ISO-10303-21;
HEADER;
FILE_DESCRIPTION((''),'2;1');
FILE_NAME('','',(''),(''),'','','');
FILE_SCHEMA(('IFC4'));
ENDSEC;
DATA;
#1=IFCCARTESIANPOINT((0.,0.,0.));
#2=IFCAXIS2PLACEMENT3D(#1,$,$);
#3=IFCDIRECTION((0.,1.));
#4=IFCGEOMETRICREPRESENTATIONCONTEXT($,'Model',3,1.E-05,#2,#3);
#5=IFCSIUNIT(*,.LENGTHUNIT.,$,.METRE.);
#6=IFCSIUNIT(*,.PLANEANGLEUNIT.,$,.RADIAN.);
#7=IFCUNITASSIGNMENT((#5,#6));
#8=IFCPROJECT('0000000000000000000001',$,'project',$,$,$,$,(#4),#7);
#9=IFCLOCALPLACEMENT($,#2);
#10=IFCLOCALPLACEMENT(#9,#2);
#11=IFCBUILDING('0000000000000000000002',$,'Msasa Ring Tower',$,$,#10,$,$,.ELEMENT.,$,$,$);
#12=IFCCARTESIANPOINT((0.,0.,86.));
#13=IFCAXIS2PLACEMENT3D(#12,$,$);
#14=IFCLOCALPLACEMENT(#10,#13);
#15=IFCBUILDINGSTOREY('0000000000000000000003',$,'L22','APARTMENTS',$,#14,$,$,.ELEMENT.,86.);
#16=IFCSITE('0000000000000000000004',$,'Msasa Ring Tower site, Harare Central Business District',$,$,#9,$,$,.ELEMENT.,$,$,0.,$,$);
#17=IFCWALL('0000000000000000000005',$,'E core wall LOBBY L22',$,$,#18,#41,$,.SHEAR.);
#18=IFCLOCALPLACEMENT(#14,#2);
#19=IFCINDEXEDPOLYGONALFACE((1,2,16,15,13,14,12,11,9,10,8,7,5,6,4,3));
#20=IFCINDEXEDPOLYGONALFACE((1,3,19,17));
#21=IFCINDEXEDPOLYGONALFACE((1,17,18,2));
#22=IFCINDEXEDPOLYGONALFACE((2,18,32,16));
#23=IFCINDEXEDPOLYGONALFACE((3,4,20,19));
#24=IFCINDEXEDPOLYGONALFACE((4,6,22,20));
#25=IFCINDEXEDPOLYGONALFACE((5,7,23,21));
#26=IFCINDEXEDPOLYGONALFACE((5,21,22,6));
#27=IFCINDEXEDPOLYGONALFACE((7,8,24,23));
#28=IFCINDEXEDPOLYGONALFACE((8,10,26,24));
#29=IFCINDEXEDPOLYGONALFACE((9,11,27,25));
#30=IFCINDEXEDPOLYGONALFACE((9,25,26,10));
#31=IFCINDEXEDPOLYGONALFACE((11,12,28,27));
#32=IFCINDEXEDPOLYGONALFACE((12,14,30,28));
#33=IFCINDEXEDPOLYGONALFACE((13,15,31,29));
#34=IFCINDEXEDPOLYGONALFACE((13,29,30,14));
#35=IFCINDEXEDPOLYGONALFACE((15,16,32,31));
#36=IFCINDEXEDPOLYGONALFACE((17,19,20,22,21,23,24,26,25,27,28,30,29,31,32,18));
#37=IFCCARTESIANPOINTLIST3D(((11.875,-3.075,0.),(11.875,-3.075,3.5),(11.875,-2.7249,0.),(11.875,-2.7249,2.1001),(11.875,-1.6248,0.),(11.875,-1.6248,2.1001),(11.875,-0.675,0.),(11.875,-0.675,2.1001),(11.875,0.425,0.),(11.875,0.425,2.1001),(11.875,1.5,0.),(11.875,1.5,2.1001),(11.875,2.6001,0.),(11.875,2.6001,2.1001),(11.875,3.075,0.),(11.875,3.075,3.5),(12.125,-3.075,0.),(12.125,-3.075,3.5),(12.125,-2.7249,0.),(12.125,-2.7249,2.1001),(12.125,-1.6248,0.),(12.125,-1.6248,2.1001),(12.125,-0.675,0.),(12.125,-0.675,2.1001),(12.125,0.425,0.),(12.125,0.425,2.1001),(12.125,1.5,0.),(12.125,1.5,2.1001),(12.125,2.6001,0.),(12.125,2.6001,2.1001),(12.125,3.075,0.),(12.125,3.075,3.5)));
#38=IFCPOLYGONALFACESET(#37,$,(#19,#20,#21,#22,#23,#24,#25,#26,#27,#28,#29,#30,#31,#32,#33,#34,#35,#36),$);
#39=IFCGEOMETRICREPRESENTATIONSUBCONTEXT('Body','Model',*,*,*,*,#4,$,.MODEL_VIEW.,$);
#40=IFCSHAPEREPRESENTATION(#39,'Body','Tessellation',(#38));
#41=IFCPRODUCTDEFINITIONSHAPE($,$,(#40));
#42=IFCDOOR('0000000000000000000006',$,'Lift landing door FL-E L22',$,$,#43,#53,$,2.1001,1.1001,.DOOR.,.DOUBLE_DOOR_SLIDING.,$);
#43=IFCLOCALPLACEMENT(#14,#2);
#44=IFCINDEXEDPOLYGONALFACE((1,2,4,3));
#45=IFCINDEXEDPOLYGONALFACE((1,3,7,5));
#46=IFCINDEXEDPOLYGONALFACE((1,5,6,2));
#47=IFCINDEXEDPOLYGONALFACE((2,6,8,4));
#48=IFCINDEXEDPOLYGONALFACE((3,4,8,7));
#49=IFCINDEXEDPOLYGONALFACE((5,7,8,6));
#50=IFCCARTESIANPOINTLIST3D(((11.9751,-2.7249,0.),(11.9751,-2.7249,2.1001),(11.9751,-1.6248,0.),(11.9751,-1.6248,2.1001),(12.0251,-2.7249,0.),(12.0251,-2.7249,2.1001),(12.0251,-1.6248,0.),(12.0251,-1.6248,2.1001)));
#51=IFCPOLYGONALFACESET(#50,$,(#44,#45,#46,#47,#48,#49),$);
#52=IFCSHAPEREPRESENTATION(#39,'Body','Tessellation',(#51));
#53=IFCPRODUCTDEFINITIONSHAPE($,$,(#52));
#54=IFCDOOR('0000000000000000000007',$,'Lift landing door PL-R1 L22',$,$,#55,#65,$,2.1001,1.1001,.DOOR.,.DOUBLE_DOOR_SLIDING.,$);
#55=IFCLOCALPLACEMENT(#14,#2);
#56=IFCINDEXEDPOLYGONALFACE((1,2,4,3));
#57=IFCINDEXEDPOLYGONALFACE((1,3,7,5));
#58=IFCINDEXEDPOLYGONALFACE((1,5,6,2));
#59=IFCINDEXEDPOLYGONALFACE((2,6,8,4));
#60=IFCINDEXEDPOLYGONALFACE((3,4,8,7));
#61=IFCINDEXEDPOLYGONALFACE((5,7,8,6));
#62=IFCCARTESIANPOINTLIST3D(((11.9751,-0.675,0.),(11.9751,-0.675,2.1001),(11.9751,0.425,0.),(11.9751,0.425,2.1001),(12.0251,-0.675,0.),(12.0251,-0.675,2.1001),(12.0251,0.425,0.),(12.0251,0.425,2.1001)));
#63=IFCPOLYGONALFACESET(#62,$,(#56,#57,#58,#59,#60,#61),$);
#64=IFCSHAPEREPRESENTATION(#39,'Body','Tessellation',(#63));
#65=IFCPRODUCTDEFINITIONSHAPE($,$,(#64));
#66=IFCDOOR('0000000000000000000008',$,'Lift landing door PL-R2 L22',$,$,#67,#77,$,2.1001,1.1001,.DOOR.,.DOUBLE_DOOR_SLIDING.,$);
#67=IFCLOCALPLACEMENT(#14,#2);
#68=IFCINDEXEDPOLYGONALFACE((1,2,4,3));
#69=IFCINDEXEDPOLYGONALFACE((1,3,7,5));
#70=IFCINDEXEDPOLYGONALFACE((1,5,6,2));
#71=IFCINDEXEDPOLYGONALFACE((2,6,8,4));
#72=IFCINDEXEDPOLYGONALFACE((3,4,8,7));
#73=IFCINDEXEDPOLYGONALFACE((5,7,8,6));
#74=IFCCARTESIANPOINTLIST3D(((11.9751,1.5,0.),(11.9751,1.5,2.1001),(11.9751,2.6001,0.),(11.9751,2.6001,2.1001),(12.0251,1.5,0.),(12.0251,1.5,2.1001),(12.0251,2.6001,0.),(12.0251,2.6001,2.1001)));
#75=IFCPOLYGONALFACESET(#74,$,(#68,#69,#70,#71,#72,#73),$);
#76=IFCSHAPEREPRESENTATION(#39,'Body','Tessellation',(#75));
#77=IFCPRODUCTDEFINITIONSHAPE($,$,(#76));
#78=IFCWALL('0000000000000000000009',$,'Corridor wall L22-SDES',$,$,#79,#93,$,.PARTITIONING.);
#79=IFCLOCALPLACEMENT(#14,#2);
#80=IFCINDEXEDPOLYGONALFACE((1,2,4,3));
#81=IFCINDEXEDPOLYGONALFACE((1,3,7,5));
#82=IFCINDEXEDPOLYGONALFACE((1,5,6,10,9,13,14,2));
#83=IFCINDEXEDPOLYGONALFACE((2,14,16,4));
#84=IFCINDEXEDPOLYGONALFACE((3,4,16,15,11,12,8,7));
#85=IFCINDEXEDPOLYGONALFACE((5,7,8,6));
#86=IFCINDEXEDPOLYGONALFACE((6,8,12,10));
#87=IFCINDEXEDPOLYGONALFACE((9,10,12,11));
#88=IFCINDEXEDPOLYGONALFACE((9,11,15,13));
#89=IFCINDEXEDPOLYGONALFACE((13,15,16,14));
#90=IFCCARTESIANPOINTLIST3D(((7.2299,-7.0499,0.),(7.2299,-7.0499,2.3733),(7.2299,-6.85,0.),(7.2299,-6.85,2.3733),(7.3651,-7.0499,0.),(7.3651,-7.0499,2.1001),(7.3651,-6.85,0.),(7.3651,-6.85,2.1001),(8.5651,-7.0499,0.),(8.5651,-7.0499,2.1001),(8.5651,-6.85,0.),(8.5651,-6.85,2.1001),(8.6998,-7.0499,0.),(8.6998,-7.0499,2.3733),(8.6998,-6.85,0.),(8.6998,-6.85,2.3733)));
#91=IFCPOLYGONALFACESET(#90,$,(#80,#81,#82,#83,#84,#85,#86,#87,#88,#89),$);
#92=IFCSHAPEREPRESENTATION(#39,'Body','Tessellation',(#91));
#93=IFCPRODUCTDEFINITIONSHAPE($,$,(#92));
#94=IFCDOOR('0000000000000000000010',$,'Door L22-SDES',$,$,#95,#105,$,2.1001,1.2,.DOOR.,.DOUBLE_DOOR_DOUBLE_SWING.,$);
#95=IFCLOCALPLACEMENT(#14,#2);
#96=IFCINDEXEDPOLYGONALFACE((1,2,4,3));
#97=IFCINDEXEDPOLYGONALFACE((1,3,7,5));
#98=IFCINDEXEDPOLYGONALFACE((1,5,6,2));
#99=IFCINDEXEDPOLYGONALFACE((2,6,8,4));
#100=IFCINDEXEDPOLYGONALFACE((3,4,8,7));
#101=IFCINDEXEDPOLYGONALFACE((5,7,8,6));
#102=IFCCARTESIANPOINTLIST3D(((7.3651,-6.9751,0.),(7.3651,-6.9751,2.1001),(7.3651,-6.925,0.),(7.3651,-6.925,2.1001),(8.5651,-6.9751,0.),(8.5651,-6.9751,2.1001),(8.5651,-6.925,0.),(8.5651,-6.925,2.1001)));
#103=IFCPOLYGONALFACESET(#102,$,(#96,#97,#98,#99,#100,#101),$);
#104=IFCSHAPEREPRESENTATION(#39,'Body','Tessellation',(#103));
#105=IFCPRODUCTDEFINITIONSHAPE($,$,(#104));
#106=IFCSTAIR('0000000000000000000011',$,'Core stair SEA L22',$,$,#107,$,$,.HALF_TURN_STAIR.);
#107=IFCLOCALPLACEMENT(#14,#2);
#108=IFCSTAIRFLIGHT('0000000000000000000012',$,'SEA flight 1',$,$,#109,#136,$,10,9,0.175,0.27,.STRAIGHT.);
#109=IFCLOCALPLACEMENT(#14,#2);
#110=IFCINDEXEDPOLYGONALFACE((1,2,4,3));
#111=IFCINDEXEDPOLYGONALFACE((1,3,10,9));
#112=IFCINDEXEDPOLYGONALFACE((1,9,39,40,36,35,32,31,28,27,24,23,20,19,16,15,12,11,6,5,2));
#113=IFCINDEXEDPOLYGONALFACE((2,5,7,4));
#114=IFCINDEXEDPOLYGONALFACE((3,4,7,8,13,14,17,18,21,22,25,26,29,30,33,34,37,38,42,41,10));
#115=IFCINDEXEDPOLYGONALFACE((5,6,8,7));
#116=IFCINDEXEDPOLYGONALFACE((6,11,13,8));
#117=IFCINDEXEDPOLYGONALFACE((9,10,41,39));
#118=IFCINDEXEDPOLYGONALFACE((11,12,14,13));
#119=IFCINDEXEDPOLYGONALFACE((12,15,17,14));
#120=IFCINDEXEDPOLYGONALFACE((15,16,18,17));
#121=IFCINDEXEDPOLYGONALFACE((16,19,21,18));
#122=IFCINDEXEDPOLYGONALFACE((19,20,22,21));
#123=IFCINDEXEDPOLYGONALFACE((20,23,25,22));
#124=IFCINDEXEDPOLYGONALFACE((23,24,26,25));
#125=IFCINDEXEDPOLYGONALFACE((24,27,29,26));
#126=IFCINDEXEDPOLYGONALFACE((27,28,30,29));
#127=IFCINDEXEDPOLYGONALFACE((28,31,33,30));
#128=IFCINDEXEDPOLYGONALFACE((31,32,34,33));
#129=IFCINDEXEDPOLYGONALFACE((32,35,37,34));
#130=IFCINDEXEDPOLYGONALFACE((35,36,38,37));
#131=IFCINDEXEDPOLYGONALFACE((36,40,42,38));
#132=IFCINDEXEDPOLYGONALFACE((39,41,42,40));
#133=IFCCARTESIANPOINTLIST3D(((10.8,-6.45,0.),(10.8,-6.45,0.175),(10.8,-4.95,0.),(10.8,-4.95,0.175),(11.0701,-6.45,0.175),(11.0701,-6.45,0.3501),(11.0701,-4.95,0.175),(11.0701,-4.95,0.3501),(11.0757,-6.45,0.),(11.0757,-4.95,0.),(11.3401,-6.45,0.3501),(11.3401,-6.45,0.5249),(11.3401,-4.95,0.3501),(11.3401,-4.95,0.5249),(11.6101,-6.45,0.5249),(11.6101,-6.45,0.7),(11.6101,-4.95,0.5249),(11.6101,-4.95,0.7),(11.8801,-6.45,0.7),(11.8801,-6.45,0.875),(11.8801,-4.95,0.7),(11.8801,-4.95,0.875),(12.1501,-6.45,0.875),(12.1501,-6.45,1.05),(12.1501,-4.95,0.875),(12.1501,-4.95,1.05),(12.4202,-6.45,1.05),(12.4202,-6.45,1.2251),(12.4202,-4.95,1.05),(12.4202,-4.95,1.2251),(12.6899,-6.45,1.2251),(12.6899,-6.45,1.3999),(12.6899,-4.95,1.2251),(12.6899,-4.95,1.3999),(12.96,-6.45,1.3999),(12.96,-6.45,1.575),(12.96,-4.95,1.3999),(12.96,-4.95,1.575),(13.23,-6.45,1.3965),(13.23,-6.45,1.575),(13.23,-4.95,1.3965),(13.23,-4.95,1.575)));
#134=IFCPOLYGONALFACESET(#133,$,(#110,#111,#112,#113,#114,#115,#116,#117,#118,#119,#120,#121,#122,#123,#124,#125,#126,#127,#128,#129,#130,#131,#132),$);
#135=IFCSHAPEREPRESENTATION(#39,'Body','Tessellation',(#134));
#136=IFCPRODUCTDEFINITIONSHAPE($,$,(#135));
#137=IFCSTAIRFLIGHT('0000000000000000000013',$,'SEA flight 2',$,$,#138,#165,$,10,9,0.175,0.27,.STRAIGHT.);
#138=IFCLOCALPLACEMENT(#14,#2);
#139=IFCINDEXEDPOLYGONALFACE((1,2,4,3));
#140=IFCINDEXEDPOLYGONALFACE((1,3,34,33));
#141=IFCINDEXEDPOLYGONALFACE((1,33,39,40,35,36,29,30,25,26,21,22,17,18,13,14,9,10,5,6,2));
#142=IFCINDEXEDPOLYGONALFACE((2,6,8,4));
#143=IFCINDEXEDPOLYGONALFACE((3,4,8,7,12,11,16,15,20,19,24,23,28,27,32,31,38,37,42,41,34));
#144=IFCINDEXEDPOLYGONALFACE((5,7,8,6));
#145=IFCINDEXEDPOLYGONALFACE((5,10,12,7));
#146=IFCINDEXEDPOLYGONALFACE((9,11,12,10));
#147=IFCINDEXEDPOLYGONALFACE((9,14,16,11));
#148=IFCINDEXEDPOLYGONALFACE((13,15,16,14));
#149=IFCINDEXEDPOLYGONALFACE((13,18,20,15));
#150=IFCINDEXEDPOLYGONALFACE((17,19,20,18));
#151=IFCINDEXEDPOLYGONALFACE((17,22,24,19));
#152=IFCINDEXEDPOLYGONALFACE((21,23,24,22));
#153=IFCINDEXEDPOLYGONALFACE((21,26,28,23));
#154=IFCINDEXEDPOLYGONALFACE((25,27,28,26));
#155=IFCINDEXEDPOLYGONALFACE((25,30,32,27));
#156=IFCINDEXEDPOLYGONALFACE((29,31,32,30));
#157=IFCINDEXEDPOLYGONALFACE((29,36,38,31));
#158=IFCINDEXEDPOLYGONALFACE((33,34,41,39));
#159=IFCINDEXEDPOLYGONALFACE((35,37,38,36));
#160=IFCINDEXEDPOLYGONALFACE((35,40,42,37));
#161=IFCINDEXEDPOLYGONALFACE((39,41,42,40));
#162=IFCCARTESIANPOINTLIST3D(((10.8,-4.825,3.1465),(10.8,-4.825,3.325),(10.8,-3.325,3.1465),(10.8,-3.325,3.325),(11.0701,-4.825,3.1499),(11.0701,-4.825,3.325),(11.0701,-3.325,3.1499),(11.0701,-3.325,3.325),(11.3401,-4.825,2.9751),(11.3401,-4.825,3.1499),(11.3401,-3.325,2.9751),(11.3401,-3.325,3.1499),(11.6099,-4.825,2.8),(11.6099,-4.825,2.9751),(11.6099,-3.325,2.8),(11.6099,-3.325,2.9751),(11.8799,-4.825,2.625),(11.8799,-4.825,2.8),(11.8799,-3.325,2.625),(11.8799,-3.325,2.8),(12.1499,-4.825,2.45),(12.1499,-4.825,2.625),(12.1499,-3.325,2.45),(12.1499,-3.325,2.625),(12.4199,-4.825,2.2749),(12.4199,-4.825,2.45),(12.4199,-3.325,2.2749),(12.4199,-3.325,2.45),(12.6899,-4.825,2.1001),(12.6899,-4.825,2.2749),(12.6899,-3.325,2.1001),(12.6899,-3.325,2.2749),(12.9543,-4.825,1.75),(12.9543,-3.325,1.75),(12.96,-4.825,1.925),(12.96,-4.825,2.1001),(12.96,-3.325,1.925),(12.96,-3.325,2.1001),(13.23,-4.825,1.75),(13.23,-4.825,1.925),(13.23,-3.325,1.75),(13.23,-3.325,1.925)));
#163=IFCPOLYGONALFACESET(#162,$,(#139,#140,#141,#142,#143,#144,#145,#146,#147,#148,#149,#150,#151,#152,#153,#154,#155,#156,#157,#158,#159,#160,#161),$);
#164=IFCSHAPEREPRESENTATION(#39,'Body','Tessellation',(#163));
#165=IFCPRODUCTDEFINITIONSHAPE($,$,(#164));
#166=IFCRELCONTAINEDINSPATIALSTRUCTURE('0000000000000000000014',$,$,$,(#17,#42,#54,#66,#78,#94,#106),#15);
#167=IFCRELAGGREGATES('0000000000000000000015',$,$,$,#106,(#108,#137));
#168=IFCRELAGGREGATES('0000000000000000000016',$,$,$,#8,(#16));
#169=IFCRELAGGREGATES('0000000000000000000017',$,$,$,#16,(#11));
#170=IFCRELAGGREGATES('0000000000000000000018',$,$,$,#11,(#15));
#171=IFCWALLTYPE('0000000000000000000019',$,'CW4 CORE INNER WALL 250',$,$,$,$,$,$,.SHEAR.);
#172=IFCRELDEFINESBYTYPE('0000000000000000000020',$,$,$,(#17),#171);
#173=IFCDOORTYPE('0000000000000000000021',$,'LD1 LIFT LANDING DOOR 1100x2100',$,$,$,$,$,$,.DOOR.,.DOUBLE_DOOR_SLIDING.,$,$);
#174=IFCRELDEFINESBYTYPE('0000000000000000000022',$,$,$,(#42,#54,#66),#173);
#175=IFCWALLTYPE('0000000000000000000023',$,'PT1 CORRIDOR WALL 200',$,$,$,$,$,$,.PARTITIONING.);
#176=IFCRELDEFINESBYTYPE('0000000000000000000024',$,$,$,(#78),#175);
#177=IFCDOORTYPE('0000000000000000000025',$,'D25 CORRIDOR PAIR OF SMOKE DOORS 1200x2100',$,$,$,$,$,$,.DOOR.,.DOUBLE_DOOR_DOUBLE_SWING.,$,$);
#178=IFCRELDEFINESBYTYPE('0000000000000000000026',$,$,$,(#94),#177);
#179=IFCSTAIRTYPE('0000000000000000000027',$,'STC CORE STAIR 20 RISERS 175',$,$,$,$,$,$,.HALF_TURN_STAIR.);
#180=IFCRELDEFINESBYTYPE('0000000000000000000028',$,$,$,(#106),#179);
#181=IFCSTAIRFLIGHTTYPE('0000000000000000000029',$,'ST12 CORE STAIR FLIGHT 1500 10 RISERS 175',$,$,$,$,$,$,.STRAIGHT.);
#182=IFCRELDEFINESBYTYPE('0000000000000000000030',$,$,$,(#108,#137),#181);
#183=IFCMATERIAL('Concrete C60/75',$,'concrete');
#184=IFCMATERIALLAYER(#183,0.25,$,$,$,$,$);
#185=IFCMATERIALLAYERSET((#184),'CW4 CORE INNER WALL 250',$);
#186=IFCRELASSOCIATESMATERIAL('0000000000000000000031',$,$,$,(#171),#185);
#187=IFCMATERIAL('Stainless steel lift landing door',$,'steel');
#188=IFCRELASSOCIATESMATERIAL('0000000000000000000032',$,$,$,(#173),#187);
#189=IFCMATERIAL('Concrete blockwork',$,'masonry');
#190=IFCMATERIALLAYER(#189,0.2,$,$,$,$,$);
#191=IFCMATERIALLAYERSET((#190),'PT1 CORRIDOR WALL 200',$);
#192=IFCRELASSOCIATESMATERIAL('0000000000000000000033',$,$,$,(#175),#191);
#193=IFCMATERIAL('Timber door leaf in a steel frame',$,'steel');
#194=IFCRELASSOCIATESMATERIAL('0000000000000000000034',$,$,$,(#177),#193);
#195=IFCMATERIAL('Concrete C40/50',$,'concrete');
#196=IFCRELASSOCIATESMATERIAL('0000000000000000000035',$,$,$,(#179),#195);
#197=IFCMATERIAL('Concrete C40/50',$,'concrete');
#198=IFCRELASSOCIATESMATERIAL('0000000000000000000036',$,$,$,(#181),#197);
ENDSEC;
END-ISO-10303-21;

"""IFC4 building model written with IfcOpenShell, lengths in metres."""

from ifc_helpers import new_model, si_unit, direction, frame, frame_2d, origin, place, context, subcontext, project, spatial, polyline, rectangle, outline, extrude, material, layer, layer_set, type_object, element, fill, aggregate, save


model = new_model("IFC4")

# Units and contexts
model_context = context("Model", 3, precision=1e-05, world=origin(), true_north=direction((0.0, 1.0)))
body_context = subcontext(model_context, "Body", "Model", "MODEL_VIEW")
ifc_project = project(units=[si_unit("LENGTHUNIT", "METRE"), si_unit("PLANEANGLEUNIT", "RADIAN")], contexts=[model_context])

# Site, building, storey
site_placement = place(None, origin())
site = spatial("IfcSite", under=ifc_project, at=site_placement, Name="Msasa Ring Tower site, Harare Central Business District", CompositionType="ELEMENT", RefElevation=0.0)
building_placement = place(site_placement, origin())
building = spatial("IfcBuilding", under=site, at=building_placement, Name="Msasa Ring Tower", CompositionType="ELEMENT")
storey_placement = place(building_placement, frame((0.0, 0.0, 86.0)))
storey = spatial("IfcBuildingStorey", under=building, at=storey_placement, Name="L22", Description="APARTMENTS", CompositionType="ELEMENT", Elevation=86.0)

# Shared definitions
ifc_material_1 = material(Name="Concrete C60/75", Category="concrete")
ifc_layer_1 = layer(ifc_material_1, 0.25)
ifc_layer_set_1 = layer_set([ifc_layer_1], Name="CW4 CORE INNER WALL 250")
wall_type_1 = type_object("IfcWallType", Name="CW4 CORE INNER WALL 250", PredefinedType="SHEAR", material=ifc_layer_set_1)

# Wall, openings, doors
wall_1_placement = place(storey_placement, frame((12.0, -3.075, 0.0), z_axis=(0.0, 0.0, 1.0), x_axis=(0.0, 1.0, 0.0)))
wall_1 = element("IfcWall", 1, at=wall_1_placement, inside=storey, type_object=wall_type_1, Name="E core wall LOBBY L22", PredefinedType="SHEAR", context=body_context, shape_type="SweptSolid", body=[
    extrude(rectangle(XDim=6.1499, YDim=0.25, at=frame_2d((3.075, 0.0))), origin(), (0.0, 0.0, 1.0), 3.5),
])
opening_1_placement = place(wall_1_placement, frame((0.3501, 0.0, 0.0)))
opening_1 = element("IfcOpeningElement", 2, at=opening_1_placement, cuts=wall_1, PredefinedType="OPENING", context=body_context, shape_type="SweptSolid", body=[
    extrude(rectangle(XDim=1.1001, YDim=2.1001, at=frame_2d((0.55, 1.05))), frame((0.0, 0.135, 0.0), z_axis=(0.0, -1.0, 0.0), x_axis=(1.0, 0.0, 0.0)), (0.0, 0.0, 1.0), 0.27),
])
opening_2_placement = place(wall_1_placement, frame((2.3999, 0.0, 0.0)))
opening_2 = element("IfcOpeningElement", 3, at=opening_2_placement, cuts=wall_1, PredefinedType="OPENING", context=body_context, shape_type="SweptSolid", body=[
    extrude(rectangle(XDim=1.1001, YDim=2.1001, at=frame_2d((0.55, 1.05))), frame((0.0, 0.135, 0.0), z_axis=(0.0, -1.0, 0.0), x_axis=(1.0, 0.0, 0.0)), (0.0, 0.0, 1.0), 0.27),
])
opening_3_placement = place(wall_1_placement, frame((4.575, 0.0, 0.0)))
opening_3 = element("IfcOpeningElement", 4, at=opening_3_placement, cuts=wall_1, PredefinedType="OPENING", context=body_context, shape_type="SweptSolid", body=[
    extrude(rectangle(XDim=1.1001, YDim=2.1001, at=frame_2d((0.55, 1.05))), frame((0.0, 0.135, 0.0), z_axis=(0.0, -1.0, 0.0), x_axis=(1.0, 0.0, 0.0)), (0.0, 0.0, 1.0), 0.27),
])
ifc_material_2 = material(Name="Stainless steel lift landing door", Category="steel")
door_type_1 = type_object("IfcDoorType", Name="LD1 LIFT LANDING DOOR 1100x2100", OperationType="DOUBLE_DOOR_SLIDING", PredefinedType="DOOR", material=ifc_material_2)
door_1_placement = place(opening_1_placement, origin())
door_1 = element("IfcDoor", 5, at=door_1_placement, inside=storey, type_object=door_type_1, Name="Lift landing door FL-E L22", OperationType="DOUBLE_DOOR_SLIDING", OverallHeight=2.1001, OverallWidth=1.1001, PredefinedType="DOOR", context=body_context, shape_type="SweptSolid", body=[
    extrude(rectangle(XDim=1.1001, YDim=2.1001, at=frame_2d((0.55, 1.05))), frame((0.0, 0.0249, 0.0), z_axis=(0.0, -1.0, 0.0), x_axis=(1.0, 0.0, 0.0)), (0.0, 0.0, 1.0), 0.05),
])
fill(opening_1, door_1)
door_2_placement = place(opening_2_placement, origin())
door_2 = element("IfcDoor", 6, at=door_2_placement, inside=storey, type_object=door_type_1, Name="Lift landing door PL-R1 L22", OperationType="DOUBLE_DOOR_SLIDING", OverallHeight=2.1001, OverallWidth=1.1001, PredefinedType="DOOR", context=body_context, shape_type="SweptSolid", body=[
    extrude(rectangle(XDim=1.1001, YDim=2.1001, at=frame_2d((0.55, 1.05))), frame((0.0, 0.0249, 0.0), z_axis=(0.0, -1.0, 0.0), x_axis=(1.0, 0.0, 0.0)), (0.0, 0.0, 1.0), 0.05),
])
fill(opening_2, door_2)
door_3_placement = place(opening_3_placement, origin())
door_3 = element("IfcDoor", 7, at=door_3_placement, inside=storey, type_object=door_type_1, Name="Lift landing door PL-R2 L22", OperationType="DOUBLE_DOOR_SLIDING", OverallHeight=2.1001, OverallWidth=1.1001, PredefinedType="DOOR", context=body_context, shape_type="SweptSolid", body=[
    extrude(rectangle(XDim=1.1001, YDim=2.1001, at=frame_2d((0.55, 1.05))), frame((0.0, 0.0249, 0.0), z_axis=(0.0, -1.0, 0.0), x_axis=(1.0, 0.0, 0.0)), (0.0, 0.0, 1.0), 0.05),
])
fill(opening_3, door_3)

# Wall, opening, door
ifc_material_3 = material(Name="Concrete blockwork", Category="masonry")
ifc_layer_2 = layer(ifc_material_3, 0.2)
ifc_layer_set_2 = layer_set([ifc_layer_2], Name="PT1 CORRIDOR WALL 200")
wall_type_2 = type_object("IfcWallType", Name="PT1 CORRIDOR WALL 200", PredefinedType="PARTITIONING", material=ifc_layer_set_2)
wall_2_placement = place(storey_placement, frame((7.23, -6.95, 0.0), z_axis=(0.0, 0.0, 1.0), x_axis=(1.0, 0.0, 0.0)))
wall_2 = element("IfcWall", 8, at=wall_2_placement, inside=storey, type_object=wall_type_2, Name="Corridor wall L22-SDES", PredefinedType="PARTITIONING", context=body_context, shape_type="SweptSolid", body=[
    extrude(rectangle(XDim=1.47, YDim=0.2, at=frame_2d((0.7349, 0.0))), origin(), (0.0, 0.0, 1.0), 2.3733),
])
opening_4_placement = place(wall_2_placement, frame((0.135, 0.0, 0.0)))
opening_4 = element("IfcOpeningElement", 9, at=opening_4_placement, cuts=wall_2, PredefinedType="OPENING", context=body_context, shape_type="SweptSolid", body=[
    extrude(rectangle(XDim=1.2, YDim=2.1001, at=frame_2d((0.6001, 1.05))), frame((0.0, 0.1099, 0.0), z_axis=(0.0, -1.0, 0.0), x_axis=(1.0, 0.0, 0.0)), (0.0, 0.0, 1.0), 0.22),
])
ifc_material_4 = material(Name="Timber door leaf in a steel frame", Category="steel")
door_type_2 = type_object("IfcDoorType", Name="D25 CORRIDOR PAIR OF SMOKE DOORS 1200x2100", OperationType="DOUBLE_DOOR_DOUBLE_SWING", PredefinedType="DOOR", material=ifc_material_4)
door_4_placement = place(opening_4_placement, origin())
door_4 = element("IfcDoor", 10, at=door_4_placement, inside=storey, type_object=door_type_2, Name="Door L22-SDES", OperationType="DOUBLE_DOOR_DOUBLE_SWING", OverallHeight=2.1001, OverallWidth=1.2, PredefinedType="DOOR", context=body_context, shape_type="SweptSolid", body=[
    extrude(rectangle(XDim=1.2, YDim=2.1001, at=frame_2d((0.6001, 1.05))), frame((0.0, 0.0249, 0.0), z_axis=(0.0, -1.0, 0.0), x_axis=(1.0, 0.0, 0.0)), (0.0, 0.0, 1.0), 0.05),
])
fill(opening_4, door_4)

# Stair, stair flights
ifc_material_5 = material(Name="Concrete C40/50", Category="concrete")
stair_type = type_object("IfcStairType", Name="STC CORE STAIR 20 RISERS 175", PredefinedType="HALF_TURN_STAIR", material=ifc_material_5)
stair_placement = place(storey_placement, origin())
stair = element("IfcStair", 11, at=stair_placement, inside=storey, type_object=stair_type, Name="Core stair SEA L22", PredefinedType="HALF_TURN_STAIR")
ifc_material_6 = material(Name="Concrete C40/50", Category="concrete")
stair_flight_type = type_object("IfcStairFlightType", Name="ST12 CORE STAIR FLIGHT 1500 10 RISERS 175", PredefinedType="STRAIGHT", material=ifc_material_6)
stair_flight_1_placement = place(storey_placement, frame((10.8, -5.7, 0.0), z_axis=(0.0, 0.0, 1.0), x_axis=(1.0, 0.0, 0.0)))
stair_flight_1 = element("IfcStairFlight", 12, at=stair_flight_1_placement, type_object=stair_flight_type, Name="SEA flight 1", NumberOfRisers=10, NumberOfTreads=9, PredefinedType="STRAIGHT", RiserHeight=0.175, TreadLength=0.27, context=body_context, shape_type="SweptSolid", body=[
    extrude(outline(polyline([(0.0, 0.0), (0.0, 0.175), (0.27, 0.175), (0.27, 0.3501), (0.54, 0.3501), (0.54, 0.5249), (0.8101, 0.5249), (0.8101, 0.7), (1.0801, 0.7), (1.0801, 0.875), (1.3501, 0.875), (1.3501, 1.05), (1.6201, 1.05), (1.6201, 1.2251), (1.8899, 1.2251), (1.8899, 1.3999), (2.1599, 1.3999), (2.1599, 1.575), (2.4299, 1.575), (2.4299, 1.75), (2.4299, 1.3965), (0.2756, 0.0), (0.0, 0.0)])), frame((0.0, 0.75, 0.0), z_axis=(0.0, -1.0, 0.0), x_axis=(1.0, 0.0, 0.0)), (0.0, 0.0, 1.0), 1.5),
])
stair_flight_2_placement = place(storey_placement, frame((13.23, -4.075, 1.75), z_axis=(0.0, 0.0, 1.0), x_axis=(-1.0, 0.0, 0.0)))
stair_flight_2 = element("IfcStairFlight", 13, at=stair_flight_2_placement, type_object=stair_flight_type, Name="SEA flight 2", NumberOfRisers=10, NumberOfTreads=9, PredefinedType="STRAIGHT", RiserHeight=0.175, TreadLength=0.27, context=body_context, shape_type="SweptSolid", body=[
    extrude(outline(polyline([(0.0, 0.0), (0.0, 0.175), (0.27, 0.175), (0.27, 0.3501), (0.54, 0.3501), (0.54, 0.5249), (0.8101, 0.5249), (0.8101, 0.7), (1.0801, 0.7), (1.0801, 0.875), (1.3501, 0.875), (1.3501, 1.05), (1.6201, 1.05), (1.6201, 1.2251), (1.8899, 1.2251), (1.8899, 1.3999), (2.1599, 1.3999), (2.1599, 1.575), (2.4299, 1.575), (2.4299, 1.75), (2.4299, 1.3965), (0.2756, 0.0), (0.0, 0.0)])), frame((0.0, 0.75, 0.0), z_axis=(0.0, -1.0, 0.0), x_axis=(1.0, 0.0, 0.0)), (0.0, 0.0, 1.0), 1.5),
])
aggregate(stair, [stair_flight_1, stair_flight_2])

save(model, "model.ifc")
